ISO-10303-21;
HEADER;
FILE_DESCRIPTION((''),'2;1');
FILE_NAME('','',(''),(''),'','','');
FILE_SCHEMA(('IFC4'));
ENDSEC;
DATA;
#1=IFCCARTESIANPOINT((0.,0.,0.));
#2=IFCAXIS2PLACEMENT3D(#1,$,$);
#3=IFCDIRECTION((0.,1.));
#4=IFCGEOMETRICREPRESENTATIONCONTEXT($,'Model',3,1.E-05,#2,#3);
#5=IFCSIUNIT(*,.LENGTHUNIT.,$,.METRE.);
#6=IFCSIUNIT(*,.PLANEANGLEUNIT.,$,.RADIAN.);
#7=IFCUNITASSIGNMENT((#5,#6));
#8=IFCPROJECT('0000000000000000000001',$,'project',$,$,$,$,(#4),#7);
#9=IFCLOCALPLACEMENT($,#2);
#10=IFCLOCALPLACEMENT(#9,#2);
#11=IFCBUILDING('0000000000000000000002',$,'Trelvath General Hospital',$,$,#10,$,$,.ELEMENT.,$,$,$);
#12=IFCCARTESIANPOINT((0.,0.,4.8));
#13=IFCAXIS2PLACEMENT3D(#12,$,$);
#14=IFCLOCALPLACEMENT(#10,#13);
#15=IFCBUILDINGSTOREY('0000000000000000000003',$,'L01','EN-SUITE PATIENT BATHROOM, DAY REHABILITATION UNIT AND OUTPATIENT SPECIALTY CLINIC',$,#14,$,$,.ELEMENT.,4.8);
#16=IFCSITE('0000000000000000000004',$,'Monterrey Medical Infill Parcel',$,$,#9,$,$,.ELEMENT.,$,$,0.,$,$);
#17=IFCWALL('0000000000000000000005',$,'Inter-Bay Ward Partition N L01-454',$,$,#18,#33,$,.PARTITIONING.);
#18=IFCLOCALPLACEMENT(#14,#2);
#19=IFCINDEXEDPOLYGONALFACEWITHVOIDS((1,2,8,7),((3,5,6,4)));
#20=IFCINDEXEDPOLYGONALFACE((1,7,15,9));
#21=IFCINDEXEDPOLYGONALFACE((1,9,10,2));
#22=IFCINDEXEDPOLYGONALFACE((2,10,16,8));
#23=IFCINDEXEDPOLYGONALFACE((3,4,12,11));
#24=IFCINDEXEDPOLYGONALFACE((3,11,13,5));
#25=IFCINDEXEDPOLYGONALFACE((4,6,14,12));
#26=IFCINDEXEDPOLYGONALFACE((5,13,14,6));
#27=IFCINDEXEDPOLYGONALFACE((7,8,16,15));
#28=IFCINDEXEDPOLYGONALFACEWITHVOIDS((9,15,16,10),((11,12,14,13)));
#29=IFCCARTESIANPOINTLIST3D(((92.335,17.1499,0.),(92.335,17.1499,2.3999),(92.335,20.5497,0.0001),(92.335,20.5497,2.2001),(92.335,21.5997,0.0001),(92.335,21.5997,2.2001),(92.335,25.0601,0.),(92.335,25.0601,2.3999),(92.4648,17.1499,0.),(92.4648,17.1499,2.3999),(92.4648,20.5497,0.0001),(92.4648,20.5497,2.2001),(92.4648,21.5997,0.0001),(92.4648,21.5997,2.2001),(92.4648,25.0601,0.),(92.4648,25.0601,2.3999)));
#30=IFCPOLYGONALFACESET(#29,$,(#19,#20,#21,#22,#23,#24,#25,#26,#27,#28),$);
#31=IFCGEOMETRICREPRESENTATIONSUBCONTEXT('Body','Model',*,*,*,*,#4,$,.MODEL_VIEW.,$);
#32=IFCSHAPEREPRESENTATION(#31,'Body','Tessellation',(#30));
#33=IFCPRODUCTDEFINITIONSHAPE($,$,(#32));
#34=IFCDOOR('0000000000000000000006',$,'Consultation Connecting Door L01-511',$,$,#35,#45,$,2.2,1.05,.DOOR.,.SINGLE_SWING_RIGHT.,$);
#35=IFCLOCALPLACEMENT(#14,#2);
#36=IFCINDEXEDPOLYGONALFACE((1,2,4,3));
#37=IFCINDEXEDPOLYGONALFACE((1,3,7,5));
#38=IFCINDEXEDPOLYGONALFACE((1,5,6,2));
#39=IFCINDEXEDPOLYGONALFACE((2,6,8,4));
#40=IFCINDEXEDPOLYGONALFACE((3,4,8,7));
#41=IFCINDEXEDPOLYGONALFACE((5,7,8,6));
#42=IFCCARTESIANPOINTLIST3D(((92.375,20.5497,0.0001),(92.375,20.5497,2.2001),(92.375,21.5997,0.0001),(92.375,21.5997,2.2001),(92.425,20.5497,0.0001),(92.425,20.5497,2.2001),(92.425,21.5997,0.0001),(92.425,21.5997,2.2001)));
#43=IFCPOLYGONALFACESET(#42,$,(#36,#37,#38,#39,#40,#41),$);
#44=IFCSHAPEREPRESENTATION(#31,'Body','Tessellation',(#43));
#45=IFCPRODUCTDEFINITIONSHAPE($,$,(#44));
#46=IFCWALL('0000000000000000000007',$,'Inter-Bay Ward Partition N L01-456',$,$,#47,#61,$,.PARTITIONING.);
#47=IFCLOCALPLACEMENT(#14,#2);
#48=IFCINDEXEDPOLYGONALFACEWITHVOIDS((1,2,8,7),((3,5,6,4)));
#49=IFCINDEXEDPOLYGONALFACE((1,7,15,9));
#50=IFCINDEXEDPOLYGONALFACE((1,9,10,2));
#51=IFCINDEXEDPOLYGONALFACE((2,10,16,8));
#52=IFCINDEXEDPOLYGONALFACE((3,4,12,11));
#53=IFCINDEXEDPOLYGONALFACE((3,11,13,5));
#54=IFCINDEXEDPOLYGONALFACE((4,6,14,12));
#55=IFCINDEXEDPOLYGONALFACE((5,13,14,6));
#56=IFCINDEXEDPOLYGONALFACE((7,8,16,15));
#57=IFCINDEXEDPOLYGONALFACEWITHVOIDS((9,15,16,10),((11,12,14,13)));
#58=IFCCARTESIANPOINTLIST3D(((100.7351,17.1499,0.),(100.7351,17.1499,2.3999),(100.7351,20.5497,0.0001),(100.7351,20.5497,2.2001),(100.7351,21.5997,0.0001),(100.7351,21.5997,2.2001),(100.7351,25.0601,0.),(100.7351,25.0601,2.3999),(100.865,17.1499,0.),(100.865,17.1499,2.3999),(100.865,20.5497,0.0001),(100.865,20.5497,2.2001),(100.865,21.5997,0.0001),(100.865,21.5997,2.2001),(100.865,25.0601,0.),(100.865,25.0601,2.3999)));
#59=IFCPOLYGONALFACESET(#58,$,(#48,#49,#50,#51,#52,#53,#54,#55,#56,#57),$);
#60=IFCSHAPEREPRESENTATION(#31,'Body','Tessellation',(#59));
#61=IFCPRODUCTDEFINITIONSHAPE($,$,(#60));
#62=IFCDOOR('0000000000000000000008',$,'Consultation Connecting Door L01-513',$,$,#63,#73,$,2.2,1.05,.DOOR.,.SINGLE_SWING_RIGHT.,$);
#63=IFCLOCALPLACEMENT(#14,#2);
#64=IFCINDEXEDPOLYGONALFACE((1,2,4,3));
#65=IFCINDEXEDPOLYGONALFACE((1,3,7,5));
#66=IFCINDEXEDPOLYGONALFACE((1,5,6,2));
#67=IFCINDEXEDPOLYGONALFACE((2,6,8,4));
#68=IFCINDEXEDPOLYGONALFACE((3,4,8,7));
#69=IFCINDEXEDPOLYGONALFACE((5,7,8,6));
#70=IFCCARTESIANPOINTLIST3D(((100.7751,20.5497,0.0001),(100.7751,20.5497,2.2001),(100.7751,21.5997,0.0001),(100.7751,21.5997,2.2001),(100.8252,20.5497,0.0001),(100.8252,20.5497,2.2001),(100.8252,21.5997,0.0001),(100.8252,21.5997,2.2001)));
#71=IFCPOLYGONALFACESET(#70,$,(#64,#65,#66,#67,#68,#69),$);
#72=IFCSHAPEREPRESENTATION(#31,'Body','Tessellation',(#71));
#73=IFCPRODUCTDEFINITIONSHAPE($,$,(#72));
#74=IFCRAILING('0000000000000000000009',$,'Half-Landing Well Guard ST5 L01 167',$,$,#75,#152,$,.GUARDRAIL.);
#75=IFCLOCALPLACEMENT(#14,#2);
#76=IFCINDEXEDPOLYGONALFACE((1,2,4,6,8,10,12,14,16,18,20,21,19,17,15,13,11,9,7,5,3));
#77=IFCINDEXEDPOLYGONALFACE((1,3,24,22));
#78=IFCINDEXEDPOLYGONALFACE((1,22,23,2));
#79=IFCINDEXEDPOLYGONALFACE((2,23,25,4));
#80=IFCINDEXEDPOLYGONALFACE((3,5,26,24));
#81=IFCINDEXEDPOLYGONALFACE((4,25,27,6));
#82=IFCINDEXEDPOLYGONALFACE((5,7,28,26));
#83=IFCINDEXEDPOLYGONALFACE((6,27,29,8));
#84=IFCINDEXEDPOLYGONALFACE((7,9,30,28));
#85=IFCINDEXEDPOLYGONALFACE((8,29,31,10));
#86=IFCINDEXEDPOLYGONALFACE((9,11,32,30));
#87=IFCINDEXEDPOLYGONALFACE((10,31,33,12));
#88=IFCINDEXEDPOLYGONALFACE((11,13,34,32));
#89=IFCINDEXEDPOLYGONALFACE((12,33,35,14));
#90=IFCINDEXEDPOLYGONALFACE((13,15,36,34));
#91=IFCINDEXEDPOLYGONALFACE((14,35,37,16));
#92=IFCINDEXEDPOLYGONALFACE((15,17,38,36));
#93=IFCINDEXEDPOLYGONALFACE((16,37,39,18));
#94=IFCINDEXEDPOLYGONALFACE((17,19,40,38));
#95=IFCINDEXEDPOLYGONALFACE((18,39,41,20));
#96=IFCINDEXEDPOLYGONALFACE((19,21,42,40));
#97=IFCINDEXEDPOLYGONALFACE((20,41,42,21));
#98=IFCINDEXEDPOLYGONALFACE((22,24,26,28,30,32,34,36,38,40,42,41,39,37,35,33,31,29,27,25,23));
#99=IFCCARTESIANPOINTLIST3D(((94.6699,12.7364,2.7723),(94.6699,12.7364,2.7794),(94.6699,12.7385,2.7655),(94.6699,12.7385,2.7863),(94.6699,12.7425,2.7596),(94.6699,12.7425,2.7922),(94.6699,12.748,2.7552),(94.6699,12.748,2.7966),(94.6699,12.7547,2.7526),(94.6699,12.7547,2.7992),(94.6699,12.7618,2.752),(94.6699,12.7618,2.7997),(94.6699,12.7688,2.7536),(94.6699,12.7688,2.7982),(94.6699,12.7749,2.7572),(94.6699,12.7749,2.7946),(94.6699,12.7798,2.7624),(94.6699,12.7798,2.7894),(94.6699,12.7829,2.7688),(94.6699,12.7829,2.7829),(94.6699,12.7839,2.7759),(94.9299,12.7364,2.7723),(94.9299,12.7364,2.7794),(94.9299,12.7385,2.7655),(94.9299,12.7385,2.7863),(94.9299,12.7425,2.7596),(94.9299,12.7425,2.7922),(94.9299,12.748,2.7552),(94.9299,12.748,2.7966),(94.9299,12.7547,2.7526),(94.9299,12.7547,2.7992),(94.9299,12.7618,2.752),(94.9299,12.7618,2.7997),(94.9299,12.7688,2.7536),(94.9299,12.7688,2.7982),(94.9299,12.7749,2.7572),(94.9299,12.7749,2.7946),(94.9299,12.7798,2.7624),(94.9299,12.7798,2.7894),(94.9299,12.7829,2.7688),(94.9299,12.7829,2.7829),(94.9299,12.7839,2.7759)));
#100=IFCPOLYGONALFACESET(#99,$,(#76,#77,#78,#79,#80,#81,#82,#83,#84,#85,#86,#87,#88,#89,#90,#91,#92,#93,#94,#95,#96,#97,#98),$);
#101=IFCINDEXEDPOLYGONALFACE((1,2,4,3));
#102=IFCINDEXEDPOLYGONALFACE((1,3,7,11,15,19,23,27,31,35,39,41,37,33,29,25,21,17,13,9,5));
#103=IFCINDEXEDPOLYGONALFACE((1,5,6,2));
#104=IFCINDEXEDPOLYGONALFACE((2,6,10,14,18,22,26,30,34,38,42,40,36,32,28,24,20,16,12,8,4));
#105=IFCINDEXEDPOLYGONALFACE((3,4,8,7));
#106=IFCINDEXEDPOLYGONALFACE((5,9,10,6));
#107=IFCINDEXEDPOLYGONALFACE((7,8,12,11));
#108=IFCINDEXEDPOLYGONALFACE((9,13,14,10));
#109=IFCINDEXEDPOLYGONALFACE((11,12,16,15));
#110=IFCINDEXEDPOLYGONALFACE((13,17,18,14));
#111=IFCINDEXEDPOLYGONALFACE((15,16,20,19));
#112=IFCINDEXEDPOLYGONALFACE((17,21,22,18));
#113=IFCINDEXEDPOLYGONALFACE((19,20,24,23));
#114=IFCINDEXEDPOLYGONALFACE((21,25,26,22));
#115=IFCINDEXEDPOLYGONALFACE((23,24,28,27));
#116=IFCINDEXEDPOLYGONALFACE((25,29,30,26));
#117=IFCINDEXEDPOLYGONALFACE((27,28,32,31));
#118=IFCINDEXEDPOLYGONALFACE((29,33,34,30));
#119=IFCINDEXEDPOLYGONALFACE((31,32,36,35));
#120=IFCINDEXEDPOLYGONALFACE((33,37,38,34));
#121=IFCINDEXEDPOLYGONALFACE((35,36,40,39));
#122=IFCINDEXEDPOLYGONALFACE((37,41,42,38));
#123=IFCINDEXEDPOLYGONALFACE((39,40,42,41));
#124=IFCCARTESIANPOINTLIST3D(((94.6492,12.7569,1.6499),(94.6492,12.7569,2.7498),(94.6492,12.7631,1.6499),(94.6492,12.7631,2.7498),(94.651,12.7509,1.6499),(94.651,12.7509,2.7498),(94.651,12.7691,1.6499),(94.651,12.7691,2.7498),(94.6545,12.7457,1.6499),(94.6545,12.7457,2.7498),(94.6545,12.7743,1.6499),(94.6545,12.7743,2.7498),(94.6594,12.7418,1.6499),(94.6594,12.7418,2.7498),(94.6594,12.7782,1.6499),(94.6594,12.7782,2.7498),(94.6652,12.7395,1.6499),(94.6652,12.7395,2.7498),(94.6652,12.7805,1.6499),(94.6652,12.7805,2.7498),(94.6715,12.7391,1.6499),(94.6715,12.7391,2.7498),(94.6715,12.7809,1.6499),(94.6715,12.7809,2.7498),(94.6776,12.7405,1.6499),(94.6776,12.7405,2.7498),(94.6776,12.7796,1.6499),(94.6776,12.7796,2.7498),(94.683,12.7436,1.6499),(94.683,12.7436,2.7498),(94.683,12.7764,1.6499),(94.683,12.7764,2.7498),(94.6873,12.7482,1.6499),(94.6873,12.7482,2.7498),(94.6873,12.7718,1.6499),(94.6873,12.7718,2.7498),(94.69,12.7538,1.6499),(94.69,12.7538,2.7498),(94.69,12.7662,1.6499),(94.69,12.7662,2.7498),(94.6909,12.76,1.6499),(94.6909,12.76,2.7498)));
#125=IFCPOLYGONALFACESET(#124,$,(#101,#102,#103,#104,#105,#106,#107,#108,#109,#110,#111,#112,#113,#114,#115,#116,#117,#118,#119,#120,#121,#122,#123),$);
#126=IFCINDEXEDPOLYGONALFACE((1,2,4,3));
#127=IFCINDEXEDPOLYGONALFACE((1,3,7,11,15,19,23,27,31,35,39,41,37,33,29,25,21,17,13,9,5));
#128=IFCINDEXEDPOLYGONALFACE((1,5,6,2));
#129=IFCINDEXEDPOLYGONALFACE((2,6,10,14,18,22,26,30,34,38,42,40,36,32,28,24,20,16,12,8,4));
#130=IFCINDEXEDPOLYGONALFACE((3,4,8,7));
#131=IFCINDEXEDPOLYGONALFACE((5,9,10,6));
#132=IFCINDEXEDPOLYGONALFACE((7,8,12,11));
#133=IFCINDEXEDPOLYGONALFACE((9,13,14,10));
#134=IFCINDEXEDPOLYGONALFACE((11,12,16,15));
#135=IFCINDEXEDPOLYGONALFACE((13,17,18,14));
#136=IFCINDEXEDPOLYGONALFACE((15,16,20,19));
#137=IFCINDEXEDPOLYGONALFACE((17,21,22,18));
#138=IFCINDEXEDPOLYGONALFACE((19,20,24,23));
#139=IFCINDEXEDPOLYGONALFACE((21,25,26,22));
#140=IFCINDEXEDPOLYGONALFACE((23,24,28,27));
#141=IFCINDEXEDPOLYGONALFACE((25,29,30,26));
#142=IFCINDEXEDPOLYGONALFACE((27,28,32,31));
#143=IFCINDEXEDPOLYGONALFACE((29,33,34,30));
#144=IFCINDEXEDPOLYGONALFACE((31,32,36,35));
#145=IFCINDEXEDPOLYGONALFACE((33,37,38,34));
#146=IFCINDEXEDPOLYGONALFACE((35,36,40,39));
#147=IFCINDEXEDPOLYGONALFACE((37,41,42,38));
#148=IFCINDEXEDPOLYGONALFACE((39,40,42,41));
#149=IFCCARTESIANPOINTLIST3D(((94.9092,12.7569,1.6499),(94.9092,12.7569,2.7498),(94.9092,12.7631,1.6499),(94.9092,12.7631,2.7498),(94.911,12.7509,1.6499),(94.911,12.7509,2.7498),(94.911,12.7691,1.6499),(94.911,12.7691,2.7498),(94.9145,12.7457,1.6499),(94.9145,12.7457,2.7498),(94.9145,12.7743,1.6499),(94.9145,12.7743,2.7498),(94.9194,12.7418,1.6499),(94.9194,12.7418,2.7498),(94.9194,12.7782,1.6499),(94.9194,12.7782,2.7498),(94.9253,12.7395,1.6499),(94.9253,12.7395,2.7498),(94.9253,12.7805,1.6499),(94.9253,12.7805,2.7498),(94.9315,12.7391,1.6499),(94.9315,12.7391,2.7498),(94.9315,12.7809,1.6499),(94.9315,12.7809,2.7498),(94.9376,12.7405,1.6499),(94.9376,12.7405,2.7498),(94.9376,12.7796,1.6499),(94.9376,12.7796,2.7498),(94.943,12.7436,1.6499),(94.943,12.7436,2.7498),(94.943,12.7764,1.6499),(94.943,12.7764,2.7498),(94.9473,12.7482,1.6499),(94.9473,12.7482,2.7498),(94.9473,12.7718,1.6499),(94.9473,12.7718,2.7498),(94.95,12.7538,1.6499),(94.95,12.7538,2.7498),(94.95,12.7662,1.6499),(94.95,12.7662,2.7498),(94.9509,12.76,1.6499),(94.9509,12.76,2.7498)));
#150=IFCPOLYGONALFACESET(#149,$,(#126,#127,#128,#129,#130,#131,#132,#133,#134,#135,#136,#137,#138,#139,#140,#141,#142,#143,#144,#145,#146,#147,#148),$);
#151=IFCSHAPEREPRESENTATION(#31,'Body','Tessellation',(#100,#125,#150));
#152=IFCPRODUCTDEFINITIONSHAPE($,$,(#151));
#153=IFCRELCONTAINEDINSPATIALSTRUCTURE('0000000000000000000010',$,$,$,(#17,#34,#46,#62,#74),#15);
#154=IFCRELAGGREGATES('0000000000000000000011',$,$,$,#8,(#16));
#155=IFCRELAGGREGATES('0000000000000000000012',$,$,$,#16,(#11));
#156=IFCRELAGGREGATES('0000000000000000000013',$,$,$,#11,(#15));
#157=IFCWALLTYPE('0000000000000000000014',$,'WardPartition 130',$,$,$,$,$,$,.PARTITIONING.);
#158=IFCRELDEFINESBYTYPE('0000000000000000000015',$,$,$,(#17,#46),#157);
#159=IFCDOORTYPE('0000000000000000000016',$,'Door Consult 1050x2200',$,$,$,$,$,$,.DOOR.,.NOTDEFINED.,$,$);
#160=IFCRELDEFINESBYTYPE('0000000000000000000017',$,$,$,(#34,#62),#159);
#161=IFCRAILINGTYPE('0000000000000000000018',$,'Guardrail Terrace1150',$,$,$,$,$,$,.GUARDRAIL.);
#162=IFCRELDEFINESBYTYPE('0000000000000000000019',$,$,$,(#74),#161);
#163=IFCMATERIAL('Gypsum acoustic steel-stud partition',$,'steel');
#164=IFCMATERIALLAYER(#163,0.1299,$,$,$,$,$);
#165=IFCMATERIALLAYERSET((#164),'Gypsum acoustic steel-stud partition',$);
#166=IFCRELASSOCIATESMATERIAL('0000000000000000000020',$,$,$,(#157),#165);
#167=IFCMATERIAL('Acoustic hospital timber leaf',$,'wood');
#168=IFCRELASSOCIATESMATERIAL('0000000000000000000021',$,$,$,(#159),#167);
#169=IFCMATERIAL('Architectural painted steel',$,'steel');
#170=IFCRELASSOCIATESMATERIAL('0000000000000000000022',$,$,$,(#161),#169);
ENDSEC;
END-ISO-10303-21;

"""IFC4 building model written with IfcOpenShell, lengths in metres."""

from ifc_helpers import new_model, si_unit, direction, frame, frame_2d, origin, origin_2d, place, context, subcontext, project, spatial, rectangle, circle, extrude, material, layer, layer_set, type_object, element, fill, save


model = new_model("IFC4")

# Units and contexts
model_context = context("Model", 3, precision=1e-05, world=origin(), true_north=direction((0.0, 1.0)))
body_context = subcontext(model_context, "Body", "Model", "MODEL_VIEW")
ifc_project = project(units=[si_unit("LENGTHUNIT", "METRE"), si_unit("PLANEANGLEUNIT", "RADIAN")], contexts=[model_context])

# Site, building, storey
site_placement = place(None, origin())
site = spatial("IfcSite", under=ifc_project, at=site_placement, Name="Monterrey Medical Infill Parcel", CompositionType="ELEMENT", RefElevation=0.0)
building_placement = place(site_placement, origin())
building = spatial("IfcBuilding", under=site, at=building_placement, Name="Trelvath General Hospital", CompositionType="ELEMENT")
storey_placement = place(building_placement, frame((0.0, 0.0, 4.8)))
storey = spatial("IfcBuildingStorey", under=building, at=storey_placement, Name="L01", Description="EN-SUITE PATIENT BATHROOM, DAY REHABILITATION UNIT AND OUTPATIENT SPECIALTY CLINIC", CompositionType="ELEMENT", Elevation=4.8)

# Walls, openings, doors
ifc_material_1 = material(Name="Gypsum acoustic steel-stud partition", Category="steel")
ifc_layer_1 = layer(ifc_material_1, 0.1299)
ifc_layer_set_1 = layer_set([ifc_layer_1], Name="Gypsum acoustic steel-stud partition")
wall_type_1 = type_object("IfcWallType", Name="WardPartition 130", PredefinedType="PARTITIONING", material=ifc_layer_set_1)
wall_1_placement = place(storey_placement, frame((92.3999, 17.1499, 0.0), z_axis=(0.0, 0.0, 1.0), x_axis=(0.0, 1.0, 0.0)))
wall_1 = element("IfcWall", 1, at=wall_1_placement, inside=storey, type_object=wall_type_1, Name="Inter-Bay Ward Partition N L01-454", PredefinedType="PARTITIONING", context=body_context, shape_type="SweptSolid", body=[
    extrude(rectangle(XDim=7.9102, YDim=0.1299, at=frame_2d((3.9551, 0.0))), origin(), (0.0, 0.0, 1.0), 2.3999),
])
opening_1_placement = place(wall_1_placement, frame((3.3999, 0.0, 0.0)))
opening_1 = element("IfcOpeningElement", 2, at=opening_1_placement, cuts=wall_1, PredefinedType="OPENING", context=body_context, shape_type="SweptSolid", body=[
    extrude(rectangle(XDim=1.05, YDim=2.2, at=frame_2d((0.5249, 1.1001))), frame((0.0, 0.075, 0.0), z_axis=(0.0, -1.0, 0.0), x_axis=(1.0, 0.0, 0.0)), (0.0, 0.0, 1.0), 0.1499),
])
ifc_material_2 = material(Name="Acoustic hospital timber leaf", Category="wood")
door_type_1 = type_object("IfcDoorType", Name="Door Consult 1050x2200", OperationType="NOTDEFINED", PredefinedType="DOOR", material=ifc_material_2)
door_1_placement = place(opening_1_placement, origin())
door_1 = element("IfcDoor", 3, at=door_1_placement, inside=storey, type_object=door_type_1, Name="Consultation Connecting Door L01-511", OperationType="SINGLE_SWING_RIGHT", OverallHeight=2.2, OverallWidth=1.05, PredefinedType="DOOR", context=body_context, shape_type="SweptSolid", body=[
    extrude(rectangle(XDim=1.05, YDim=2.2, at=frame_2d((0.5249, 1.1001))), frame((0.0, 0.0249, 0.0), z_axis=(0.0, -1.0, 0.0), x_axis=(1.0, 0.0, 0.0)), (0.0, 0.0, 1.0), 0.05),
])
fill(opening_1, door_1)
wall_2_placement = place(storey_placement, frame((100.8, 17.1499, 0.0), z_axis=(0.0, 0.0, 1.0), x_axis=(0.0, 1.0, 0.0)))
wall_2 = element("IfcWall", 4, at=wall_2_placement, inside=storey, type_object=wall_type_1, Name="Inter-Bay Ward Partition N L01-456", PredefinedType="PARTITIONING", context=body_context, shape_type="SweptSolid", body=[
    extrude(rectangle(XDim=7.9102, YDim=0.1299, at=frame_2d((3.9551, 0.0))), origin(), (0.0, 0.0, 1.0), 2.3999),
])
opening_2_placement = place(wall_2_placement, frame((3.3999, 0.0, 0.0)))
opening_2 = element("IfcOpeningElement", 5, at=opening_2_placement, cuts=wall_2, PredefinedType="OPENING", context=body_context, shape_type="SweptSolid", body=[
    extrude(rectangle(XDim=1.05, YDim=2.2, at=frame_2d((0.5249, 1.1001))), frame((0.0, 0.075, 0.0), z_axis=(0.0, -1.0, 0.0), x_axis=(1.0, 0.0, 0.0)), (0.0, 0.0, 1.0), 0.1499),
])
door_2_placement = place(opening_2_placement, origin())
door_2 = element("IfcDoor", 6, at=door_2_placement, inside=storey, type_object=door_type_1, Name="Consultation Connecting Door L01-513", OperationType="SINGLE_SWING_RIGHT", OverallHeight=2.2, OverallWidth=1.05, PredefinedType="DOOR", context=body_context, shape_type="SweptSolid", body=[
    extrude(rectangle(XDim=1.05, YDim=2.2, at=frame_2d((0.5249, 1.1001))), frame((0.0, 0.0249, 0.0), z_axis=(0.0, -1.0, 0.0), x_axis=(1.0, 0.0, 0.0)), (0.0, 0.0, 1.0), 0.05),
])
fill(opening_2, door_2)

# Railing
ifc_material_3 = material(Name="Architectural painted steel", Category="steel")
railing_type_1 = type_object("IfcRailingType", Name="Guardrail Terrace1150", PredefinedType="GUARDRAIL", material=ifc_material_3)
railing_1_placement = place(storey_placement, frame((94.6699, 12.76, 1.6499)))
element("IfcRailing", 7, at=railing_1_placement, inside=storey, type_object=railing_type_1, Name="Half-Landing Well Guard ST5 L01 167", PredefinedType="GUARDRAIL", context=body_context, shape_type="SweptSolid", body=[
    extrude(circle(Radius=0.0239, at=origin_2d()), frame((0.0, 0.0, 1.126), z_axis=(1.0, 0.0, 0.0), x_axis=(0.0, 1.0, 0.0)), (0.0, 0.0, 1.0), 0.26),
    extrude(circle(Radius=0.021, at=origin_2d()), origin(), (0.0, 0.0, 1.0), 1.0999),
    extrude(circle(Radius=0.021, at=origin_2d()), frame((0.26, 0.0, 0.0)), (0.0, 0.0, 1.0), 1.0999),
])

save(model, "model.ifc")
